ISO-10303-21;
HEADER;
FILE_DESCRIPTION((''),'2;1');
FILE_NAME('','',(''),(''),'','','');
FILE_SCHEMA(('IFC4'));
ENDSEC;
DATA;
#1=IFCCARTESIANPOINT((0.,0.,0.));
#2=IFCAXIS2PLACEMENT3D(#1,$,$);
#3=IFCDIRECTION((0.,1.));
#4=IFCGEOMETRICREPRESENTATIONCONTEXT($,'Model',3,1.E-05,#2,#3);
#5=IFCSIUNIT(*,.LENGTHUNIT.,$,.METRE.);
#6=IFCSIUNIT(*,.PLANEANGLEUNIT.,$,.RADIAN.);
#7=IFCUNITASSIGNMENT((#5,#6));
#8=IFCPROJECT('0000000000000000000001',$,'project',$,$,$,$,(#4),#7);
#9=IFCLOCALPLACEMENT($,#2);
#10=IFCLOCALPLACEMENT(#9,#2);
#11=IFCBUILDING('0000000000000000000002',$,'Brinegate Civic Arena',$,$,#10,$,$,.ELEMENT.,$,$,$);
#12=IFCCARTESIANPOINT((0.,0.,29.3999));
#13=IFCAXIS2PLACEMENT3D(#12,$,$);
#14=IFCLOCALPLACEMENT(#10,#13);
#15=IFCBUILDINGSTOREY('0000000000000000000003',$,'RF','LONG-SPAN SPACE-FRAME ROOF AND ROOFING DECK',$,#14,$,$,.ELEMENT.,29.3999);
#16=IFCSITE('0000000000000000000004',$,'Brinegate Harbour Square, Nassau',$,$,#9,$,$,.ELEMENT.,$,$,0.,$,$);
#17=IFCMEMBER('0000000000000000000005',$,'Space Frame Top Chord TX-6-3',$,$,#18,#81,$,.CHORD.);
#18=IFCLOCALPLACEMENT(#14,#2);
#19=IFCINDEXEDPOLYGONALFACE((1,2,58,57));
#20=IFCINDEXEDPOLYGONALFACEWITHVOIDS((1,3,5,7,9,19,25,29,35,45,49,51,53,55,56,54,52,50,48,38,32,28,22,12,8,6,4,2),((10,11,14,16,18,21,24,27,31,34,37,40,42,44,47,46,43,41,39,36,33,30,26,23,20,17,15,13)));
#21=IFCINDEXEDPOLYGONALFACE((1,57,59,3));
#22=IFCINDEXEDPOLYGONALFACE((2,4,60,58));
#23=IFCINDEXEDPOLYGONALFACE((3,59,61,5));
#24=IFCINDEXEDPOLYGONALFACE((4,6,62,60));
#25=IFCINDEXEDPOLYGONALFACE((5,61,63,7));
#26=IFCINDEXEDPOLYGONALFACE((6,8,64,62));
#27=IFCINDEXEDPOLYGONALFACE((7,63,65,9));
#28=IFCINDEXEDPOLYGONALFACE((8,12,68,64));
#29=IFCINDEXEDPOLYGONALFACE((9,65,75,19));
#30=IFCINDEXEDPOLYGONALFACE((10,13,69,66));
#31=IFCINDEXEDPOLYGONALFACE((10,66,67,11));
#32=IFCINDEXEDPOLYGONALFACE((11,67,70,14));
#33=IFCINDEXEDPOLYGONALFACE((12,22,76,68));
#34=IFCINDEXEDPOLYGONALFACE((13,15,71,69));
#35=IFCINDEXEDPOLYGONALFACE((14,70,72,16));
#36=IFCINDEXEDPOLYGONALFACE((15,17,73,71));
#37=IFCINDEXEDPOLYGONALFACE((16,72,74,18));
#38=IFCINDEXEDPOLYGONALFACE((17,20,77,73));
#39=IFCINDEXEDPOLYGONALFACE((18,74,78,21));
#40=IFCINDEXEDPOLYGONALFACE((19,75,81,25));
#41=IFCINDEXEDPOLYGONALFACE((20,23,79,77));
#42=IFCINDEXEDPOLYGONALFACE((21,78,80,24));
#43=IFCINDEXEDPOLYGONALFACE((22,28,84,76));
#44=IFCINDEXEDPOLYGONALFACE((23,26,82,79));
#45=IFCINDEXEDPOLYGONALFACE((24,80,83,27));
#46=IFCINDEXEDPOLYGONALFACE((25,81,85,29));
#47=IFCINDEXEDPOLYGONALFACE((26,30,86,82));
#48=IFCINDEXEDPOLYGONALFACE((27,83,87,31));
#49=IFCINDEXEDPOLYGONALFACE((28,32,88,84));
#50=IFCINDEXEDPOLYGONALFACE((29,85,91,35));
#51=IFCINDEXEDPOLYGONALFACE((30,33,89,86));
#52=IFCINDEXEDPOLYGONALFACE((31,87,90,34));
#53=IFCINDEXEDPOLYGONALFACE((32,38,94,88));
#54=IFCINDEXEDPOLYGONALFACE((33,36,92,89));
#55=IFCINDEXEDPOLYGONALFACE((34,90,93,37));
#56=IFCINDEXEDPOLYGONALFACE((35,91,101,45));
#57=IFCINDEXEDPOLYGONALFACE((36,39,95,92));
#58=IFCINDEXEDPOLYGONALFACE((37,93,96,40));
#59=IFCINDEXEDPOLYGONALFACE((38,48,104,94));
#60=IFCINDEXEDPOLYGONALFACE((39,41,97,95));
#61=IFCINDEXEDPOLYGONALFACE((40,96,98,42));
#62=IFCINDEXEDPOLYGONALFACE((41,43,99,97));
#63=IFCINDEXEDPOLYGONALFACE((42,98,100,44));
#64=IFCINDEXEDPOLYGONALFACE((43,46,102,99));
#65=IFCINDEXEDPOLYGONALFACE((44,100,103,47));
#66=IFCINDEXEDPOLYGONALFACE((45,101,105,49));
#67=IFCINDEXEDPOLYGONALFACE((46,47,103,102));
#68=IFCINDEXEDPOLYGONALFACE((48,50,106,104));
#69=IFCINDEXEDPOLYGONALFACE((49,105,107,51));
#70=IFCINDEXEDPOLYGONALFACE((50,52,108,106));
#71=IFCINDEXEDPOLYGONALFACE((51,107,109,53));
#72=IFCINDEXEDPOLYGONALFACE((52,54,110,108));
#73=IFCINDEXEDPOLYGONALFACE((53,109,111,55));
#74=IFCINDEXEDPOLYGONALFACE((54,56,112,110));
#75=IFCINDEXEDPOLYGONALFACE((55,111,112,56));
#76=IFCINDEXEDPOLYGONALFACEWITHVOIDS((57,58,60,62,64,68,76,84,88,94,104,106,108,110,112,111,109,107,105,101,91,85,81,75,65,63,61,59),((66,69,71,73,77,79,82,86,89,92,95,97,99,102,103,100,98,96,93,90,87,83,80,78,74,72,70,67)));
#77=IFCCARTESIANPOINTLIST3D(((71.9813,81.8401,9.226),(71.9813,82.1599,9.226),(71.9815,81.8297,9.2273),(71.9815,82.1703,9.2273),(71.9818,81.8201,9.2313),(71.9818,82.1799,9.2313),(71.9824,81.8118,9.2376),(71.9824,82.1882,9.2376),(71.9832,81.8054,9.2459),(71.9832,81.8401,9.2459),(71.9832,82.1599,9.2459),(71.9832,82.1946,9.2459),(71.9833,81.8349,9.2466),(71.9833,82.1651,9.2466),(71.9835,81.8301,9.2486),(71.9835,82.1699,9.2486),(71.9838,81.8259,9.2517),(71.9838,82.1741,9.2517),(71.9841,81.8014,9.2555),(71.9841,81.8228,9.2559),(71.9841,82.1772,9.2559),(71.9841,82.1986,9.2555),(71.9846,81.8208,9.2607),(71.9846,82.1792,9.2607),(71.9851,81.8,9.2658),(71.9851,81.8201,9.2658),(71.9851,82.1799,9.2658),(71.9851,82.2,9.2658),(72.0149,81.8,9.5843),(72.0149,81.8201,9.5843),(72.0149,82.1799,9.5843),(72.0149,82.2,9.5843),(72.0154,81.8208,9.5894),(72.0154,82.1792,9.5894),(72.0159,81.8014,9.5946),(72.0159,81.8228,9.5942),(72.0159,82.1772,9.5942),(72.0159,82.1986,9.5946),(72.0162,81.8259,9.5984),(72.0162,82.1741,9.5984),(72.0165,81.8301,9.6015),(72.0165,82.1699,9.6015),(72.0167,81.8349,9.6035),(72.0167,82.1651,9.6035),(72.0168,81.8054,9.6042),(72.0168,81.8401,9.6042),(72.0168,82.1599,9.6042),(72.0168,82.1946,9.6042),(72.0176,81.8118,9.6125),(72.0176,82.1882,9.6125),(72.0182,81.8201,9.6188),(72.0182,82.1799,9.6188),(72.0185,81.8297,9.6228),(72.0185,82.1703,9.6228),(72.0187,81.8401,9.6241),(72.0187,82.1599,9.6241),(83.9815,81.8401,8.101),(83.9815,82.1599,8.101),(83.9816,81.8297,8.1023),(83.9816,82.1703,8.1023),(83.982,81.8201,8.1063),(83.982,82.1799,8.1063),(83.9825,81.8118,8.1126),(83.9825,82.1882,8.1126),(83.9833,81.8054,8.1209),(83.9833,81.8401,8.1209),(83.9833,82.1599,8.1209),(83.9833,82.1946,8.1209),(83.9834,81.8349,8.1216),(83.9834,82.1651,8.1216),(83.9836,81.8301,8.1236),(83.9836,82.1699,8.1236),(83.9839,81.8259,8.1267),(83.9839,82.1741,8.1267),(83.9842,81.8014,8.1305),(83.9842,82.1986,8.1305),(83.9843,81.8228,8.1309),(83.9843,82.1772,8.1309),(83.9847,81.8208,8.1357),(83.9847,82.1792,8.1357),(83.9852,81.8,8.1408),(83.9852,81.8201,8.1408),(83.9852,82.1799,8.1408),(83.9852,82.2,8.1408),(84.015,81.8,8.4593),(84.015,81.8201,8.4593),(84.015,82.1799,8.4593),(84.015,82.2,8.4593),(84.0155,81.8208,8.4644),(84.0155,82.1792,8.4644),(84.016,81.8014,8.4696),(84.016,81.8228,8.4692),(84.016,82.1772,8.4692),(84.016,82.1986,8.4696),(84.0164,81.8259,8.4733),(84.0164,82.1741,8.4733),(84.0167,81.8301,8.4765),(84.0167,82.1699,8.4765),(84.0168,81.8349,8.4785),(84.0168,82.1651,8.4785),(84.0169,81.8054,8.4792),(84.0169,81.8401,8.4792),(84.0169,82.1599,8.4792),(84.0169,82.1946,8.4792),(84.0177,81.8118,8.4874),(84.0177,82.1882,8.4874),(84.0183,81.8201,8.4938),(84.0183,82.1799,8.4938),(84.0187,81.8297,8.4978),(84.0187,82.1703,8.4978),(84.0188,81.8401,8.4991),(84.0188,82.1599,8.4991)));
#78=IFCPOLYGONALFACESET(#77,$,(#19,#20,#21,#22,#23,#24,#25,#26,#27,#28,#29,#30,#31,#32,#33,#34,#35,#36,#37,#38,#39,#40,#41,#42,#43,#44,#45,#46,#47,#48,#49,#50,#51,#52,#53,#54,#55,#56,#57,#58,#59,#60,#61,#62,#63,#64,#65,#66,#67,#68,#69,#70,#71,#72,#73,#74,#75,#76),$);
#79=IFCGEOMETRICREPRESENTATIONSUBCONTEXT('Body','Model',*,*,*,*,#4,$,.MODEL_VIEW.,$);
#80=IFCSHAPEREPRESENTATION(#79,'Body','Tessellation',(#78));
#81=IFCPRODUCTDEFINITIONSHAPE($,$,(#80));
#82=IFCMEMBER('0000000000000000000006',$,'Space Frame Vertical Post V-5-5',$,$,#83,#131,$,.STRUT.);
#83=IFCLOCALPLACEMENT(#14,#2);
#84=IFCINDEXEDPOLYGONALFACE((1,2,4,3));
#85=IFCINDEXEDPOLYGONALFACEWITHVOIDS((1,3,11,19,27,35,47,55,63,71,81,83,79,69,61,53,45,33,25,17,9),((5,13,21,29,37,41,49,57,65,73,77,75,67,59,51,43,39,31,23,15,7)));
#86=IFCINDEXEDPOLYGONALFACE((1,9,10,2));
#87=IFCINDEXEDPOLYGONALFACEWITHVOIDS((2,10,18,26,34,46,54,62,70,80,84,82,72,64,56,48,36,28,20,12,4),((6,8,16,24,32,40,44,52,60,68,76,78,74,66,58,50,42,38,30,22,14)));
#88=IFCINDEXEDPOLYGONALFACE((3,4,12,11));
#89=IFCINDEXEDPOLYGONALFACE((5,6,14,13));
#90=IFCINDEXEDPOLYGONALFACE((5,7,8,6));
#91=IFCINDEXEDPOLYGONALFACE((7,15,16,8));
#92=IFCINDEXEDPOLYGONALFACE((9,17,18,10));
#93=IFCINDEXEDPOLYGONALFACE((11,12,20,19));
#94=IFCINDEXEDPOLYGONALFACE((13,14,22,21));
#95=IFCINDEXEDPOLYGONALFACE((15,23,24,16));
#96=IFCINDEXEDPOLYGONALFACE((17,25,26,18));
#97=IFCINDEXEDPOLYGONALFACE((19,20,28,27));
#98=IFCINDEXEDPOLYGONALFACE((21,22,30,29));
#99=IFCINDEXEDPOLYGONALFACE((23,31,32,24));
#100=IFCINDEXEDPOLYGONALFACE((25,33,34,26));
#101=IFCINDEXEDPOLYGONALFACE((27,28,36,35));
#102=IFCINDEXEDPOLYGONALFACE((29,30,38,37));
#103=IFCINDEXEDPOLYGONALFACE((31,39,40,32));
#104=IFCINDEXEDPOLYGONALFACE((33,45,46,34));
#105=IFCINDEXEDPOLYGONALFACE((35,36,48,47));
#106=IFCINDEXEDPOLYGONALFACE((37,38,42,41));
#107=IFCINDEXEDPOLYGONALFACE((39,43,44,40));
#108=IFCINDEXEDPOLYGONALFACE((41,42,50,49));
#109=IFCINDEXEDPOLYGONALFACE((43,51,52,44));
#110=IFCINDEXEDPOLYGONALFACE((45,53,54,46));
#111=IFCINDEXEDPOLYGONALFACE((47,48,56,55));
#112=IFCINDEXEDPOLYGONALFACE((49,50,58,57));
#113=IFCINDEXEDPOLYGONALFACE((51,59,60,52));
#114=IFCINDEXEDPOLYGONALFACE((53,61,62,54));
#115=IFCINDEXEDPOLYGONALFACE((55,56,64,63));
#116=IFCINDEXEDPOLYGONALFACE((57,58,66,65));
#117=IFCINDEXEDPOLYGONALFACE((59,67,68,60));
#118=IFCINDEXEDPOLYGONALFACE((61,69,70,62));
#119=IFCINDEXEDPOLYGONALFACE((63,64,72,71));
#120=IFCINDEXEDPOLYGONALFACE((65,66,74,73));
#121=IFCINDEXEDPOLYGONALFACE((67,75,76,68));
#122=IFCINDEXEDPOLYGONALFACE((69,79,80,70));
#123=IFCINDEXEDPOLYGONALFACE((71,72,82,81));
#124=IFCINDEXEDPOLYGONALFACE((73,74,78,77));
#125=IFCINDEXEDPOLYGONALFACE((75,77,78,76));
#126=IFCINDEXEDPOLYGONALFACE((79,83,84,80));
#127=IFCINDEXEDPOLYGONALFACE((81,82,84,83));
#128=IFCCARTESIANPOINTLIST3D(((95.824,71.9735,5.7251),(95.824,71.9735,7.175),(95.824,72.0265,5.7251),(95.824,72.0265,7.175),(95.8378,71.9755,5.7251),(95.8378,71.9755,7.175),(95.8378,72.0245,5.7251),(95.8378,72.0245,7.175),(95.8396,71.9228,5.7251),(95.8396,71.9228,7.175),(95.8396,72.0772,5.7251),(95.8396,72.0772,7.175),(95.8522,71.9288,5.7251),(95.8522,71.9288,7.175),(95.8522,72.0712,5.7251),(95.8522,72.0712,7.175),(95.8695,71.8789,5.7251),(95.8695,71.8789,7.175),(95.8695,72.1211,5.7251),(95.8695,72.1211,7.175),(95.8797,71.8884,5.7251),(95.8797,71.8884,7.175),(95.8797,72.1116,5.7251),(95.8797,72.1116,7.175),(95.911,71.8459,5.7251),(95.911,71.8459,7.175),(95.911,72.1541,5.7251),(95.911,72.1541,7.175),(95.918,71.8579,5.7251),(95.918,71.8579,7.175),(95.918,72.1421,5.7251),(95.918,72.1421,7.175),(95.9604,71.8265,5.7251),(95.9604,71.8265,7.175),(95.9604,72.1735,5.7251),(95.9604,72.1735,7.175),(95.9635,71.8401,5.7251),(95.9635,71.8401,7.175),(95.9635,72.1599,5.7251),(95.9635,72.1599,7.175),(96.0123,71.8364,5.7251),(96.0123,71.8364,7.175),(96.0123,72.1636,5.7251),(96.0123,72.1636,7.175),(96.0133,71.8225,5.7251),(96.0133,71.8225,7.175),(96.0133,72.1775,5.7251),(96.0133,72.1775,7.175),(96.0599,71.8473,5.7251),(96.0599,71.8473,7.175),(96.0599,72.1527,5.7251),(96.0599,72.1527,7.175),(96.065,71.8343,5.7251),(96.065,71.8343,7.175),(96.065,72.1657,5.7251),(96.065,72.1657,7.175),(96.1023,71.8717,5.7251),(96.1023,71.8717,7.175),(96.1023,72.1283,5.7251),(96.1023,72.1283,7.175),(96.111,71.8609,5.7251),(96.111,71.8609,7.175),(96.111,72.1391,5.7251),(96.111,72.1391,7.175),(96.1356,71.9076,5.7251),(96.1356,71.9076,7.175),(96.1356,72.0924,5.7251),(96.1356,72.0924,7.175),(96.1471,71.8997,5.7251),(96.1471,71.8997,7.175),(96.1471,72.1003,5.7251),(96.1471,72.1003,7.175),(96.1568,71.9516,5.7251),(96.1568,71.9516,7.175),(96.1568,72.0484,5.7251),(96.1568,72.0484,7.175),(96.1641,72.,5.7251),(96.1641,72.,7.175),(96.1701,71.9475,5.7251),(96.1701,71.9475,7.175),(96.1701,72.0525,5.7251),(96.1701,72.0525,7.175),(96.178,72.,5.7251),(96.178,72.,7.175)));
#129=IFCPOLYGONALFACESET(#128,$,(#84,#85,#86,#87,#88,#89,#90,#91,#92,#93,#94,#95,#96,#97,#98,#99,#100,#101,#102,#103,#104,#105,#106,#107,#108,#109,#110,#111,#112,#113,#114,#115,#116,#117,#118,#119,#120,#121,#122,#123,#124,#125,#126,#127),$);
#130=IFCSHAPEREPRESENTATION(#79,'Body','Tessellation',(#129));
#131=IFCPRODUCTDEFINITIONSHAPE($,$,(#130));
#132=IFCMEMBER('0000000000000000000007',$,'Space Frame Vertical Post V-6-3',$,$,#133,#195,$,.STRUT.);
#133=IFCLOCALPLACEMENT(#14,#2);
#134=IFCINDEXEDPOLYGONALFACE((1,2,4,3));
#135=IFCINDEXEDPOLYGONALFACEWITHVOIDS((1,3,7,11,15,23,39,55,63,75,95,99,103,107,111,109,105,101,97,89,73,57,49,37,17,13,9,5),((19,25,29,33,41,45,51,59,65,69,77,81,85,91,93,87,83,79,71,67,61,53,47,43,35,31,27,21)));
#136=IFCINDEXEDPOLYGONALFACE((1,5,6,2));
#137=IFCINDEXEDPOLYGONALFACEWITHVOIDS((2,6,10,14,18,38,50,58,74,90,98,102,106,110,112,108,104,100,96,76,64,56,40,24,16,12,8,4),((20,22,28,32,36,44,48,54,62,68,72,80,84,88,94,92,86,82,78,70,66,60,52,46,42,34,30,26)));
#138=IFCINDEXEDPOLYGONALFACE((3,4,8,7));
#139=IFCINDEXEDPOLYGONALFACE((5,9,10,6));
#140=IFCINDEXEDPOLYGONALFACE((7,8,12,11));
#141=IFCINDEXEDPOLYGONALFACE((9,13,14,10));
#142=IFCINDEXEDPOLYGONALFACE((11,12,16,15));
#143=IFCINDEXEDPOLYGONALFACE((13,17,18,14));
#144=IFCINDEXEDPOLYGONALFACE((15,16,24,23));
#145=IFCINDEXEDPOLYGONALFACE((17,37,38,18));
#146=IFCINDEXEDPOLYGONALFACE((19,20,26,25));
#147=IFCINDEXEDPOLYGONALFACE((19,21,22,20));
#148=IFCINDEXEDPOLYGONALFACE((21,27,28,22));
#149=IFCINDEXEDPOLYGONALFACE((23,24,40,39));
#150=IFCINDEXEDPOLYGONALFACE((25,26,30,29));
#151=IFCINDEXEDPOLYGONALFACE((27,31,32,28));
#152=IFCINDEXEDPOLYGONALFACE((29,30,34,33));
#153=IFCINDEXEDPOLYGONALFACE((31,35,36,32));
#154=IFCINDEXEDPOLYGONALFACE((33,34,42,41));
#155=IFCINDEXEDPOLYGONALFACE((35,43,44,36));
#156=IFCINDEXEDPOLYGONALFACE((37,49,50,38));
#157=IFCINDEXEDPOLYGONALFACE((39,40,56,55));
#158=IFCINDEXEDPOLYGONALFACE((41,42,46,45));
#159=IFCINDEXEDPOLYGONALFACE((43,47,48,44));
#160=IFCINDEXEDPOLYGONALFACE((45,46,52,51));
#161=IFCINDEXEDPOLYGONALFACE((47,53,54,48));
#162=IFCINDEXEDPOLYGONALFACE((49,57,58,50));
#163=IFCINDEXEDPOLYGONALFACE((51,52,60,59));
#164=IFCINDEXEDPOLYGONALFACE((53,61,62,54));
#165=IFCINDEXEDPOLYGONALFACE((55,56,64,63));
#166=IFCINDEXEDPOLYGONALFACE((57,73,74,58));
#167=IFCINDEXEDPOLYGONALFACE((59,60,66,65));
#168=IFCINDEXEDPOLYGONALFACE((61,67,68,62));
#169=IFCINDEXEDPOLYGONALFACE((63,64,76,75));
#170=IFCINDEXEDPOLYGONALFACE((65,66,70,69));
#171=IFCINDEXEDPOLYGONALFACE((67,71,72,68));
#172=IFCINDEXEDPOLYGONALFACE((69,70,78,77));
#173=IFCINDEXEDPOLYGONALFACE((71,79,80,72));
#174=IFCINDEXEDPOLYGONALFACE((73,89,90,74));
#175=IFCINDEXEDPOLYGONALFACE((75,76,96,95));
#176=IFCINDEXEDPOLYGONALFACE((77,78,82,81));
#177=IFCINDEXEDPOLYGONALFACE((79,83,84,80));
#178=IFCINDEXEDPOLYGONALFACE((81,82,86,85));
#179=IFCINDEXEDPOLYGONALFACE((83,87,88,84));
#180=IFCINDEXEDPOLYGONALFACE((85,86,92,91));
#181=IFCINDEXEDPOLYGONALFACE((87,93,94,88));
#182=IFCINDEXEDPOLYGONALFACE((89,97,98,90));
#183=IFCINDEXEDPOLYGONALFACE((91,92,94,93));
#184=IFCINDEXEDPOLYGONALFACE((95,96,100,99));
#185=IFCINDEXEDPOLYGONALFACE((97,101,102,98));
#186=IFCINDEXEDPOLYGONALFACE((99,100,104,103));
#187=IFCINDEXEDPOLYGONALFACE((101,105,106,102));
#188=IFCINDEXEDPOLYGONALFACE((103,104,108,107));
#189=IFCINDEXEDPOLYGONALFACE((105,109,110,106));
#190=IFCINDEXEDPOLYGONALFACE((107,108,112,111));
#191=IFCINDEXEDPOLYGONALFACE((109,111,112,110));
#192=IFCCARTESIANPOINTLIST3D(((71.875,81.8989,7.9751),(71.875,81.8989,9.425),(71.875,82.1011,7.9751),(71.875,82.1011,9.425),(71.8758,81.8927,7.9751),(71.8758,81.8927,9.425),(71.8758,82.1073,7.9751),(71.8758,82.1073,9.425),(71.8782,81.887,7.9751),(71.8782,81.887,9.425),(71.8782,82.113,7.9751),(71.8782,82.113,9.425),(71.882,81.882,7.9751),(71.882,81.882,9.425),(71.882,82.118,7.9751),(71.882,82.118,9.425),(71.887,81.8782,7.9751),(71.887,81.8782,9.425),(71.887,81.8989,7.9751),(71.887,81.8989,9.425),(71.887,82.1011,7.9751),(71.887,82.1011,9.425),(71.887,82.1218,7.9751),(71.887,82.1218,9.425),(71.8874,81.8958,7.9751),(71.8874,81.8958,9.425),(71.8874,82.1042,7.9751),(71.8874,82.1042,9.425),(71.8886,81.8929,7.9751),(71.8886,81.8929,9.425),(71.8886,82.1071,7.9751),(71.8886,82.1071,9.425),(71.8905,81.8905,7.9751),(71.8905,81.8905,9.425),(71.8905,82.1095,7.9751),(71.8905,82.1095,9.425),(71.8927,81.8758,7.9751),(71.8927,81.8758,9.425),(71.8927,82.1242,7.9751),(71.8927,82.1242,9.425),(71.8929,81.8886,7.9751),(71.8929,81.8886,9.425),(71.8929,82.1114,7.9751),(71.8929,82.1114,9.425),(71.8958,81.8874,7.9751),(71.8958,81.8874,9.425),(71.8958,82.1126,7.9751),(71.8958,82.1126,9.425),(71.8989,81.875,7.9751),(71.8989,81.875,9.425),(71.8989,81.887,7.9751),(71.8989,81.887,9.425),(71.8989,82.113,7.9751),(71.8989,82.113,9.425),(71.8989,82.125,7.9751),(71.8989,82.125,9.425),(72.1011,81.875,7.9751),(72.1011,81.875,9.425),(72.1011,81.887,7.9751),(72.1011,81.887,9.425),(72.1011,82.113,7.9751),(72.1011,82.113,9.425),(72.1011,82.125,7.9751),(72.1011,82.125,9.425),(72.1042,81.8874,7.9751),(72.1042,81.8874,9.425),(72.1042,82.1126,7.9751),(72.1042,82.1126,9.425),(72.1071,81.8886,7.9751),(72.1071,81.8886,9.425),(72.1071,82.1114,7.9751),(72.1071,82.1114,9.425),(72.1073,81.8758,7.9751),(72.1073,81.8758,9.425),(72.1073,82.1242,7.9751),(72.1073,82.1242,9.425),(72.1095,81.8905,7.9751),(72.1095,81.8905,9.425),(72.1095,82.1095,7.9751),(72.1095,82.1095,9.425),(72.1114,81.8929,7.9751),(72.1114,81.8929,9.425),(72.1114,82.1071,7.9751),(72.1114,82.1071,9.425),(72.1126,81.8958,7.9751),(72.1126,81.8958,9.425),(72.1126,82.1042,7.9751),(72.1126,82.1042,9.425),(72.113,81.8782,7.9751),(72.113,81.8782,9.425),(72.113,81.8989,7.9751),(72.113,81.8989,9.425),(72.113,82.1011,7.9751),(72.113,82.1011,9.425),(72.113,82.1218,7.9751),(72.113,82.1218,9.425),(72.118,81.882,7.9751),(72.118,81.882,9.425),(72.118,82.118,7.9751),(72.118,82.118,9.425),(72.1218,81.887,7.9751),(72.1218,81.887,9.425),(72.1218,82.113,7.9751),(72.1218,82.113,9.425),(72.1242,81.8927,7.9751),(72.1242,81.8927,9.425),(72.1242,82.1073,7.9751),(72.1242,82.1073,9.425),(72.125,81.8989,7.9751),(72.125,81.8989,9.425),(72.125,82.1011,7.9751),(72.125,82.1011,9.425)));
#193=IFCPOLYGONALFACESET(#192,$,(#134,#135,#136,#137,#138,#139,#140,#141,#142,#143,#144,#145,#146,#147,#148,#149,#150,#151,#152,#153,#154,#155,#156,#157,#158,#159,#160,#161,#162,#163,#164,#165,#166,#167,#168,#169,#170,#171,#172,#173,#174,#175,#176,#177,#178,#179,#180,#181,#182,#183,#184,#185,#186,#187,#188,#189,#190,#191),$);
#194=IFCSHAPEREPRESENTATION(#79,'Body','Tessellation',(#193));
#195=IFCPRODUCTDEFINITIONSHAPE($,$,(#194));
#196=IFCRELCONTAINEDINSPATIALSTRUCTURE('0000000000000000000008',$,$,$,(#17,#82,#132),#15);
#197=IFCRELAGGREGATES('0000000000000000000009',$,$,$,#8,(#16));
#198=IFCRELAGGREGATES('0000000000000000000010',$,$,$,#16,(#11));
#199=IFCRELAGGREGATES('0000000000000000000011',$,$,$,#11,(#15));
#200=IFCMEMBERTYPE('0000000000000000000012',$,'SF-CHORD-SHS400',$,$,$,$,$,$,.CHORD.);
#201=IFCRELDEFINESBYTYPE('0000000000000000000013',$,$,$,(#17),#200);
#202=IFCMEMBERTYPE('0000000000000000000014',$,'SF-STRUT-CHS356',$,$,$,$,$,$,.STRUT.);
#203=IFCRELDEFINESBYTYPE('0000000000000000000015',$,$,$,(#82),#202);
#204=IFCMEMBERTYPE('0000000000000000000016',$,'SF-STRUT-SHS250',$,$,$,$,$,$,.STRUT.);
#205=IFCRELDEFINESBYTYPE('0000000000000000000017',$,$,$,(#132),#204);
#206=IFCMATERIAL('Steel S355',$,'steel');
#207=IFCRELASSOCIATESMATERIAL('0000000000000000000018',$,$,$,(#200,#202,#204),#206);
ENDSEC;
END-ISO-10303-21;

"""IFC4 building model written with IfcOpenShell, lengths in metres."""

from ifc_helpers import new_model, si_unit, direction, frame, origin, origin_2d, place, context, subcontext, project, spatial, hollow_rectangle, hollow_circle, extrude, material, material_profile, profile_set, type_object, element, save


model = new_model("IFC4")

# Units and contexts
model_context = context("Model", 3, precision=1e-05, world=origin(), true_north=direction((0.0, 1.0)))
body_context = subcontext(model_context, "Body", "Model", "MODEL_VIEW")
ifc_project = project(units=[si_unit("LENGTHUNIT", "METRE"), si_unit("PLANEANGLEUNIT", "RADIAN")], contexts=[model_context])

# Site, building, storey
site_placement = place(None, origin())
site = spatial("IfcSite", under=ifc_project, at=site_placement, Name="Brinegate Harbour Square, Nassau", CompositionType="ELEMENT", RefElevation=0.0)
building_placement = place(site_placement, origin())
building = spatial("IfcBuilding", under=site, at=building_placement, Name="Brinegate Civic Arena", CompositionType="ELEMENT")
storey_placement = place(building_placement, frame((0.0, 0.0, 29.3999)))
storey = spatial("IfcBuildingStorey", under=building, at=storey_placement, Name="RF", Description="LONG-SPAN SPACE-FRAME ROOF AND ROOFING DECK", CompositionType="ELEMENT", Elevation=29.3999)

# Members
ifc_material = material(Name="Steel S355", Category="steel")
ifc_material_profile_1 = material_profile(ifc_material, hollow_rectangle(XDim=0.3999, YDim=0.3999, WallThickness=0.02, InnerFilletRadius=0.02, OuterFilletRadius=0.04, at=origin_2d()), Name="SHS400X20")
ifc_profile_set_1 = profile_set([ifc_material_profile_1], Name="Steel S355")
member_type_1 = type_object("IfcMemberType", Name="SF-CHORD-SHS400", PredefinedType="CHORD", material=ifc_profile_set_1)
member_1_placement = place(storey_placement, frame((72.0, 82.0, 9.425), z_axis=(0.995634, 0.0, -0.093341), x_axis=(0.0, 1.0, 0.0)))
element("IfcMember", 1, at=member_1_placement, inside=storey, type_object=member_type_1, Name="Space Frame Top Chord TX-6-3", PredefinedType="CHORD", context=body_context, shape_type="SweptSolid", body=[
    extrude(hollow_rectangle(XDim=0.3999, YDim=0.3999, WallThickness=0.02, InnerFilletRadius=0.02, OuterFilletRadius=0.04, at=origin_2d()), origin(), (0.0, 0.0, 1.0), 12.0527),
])
ifc_material_profile_2 = material_profile(ifc_material, hollow_circle(Radius=0.178, WallThickness=0.0139, at=origin_2d()), Name="CHS356X14")
ifc_profile_set_2 = profile_set([ifc_material_profile_2], Name="Steel S355")
member_type_2 = type_object("IfcMemberType", Name="SF-STRUT-CHS356", PredefinedType="STRUT", material=ifc_profile_set_2)
member_2_placement = place(storey_placement, frame((96.0, 72.0, 5.7251), z_axis=(0.0, 0.0, 1.0), x_axis=(1.0, 0.0, 0.0)))
element("IfcMember", 2, at=member_2_placement, inside=storey, type_object=member_type_2, Name="Space Frame Vertical Post V-5-5", PredefinedType="STRUT", context=body_context, shape_type="SweptSolid", body=[
    extrude(hollow_circle(Radius=0.178, WallThickness=0.0139, at=origin_2d()), origin(), (0.0, 0.0, 1.0), 1.45),
])
ifc_material_profile_3 = material_profile(ifc_material, hollow_rectangle(XDim=0.25, YDim=0.25, WallThickness=0.012, InnerFilletRadius=0.012, OuterFilletRadius=0.0239, at=origin_2d()), Name="SHS250X12")
ifc_profile_set_3 = profile_set([ifc_material_profile_3], Name="Steel S355")
member_type_3 = type_object("IfcMemberType", Name="SF-STRUT-SHS250", PredefinedType="STRUT", material=ifc_profile_set_3)
member_3_placement = place(storey_placement, frame((72.0, 82.0, 7.9751), z_axis=(0.0, 0.0, 1.0), x_axis=(1.0, 0.0, 0.0)))
element("IfcMember", 3, at=member_3_placement, inside=storey, type_object=member_type_3, Name="Space Frame Vertical Post V-6-3", PredefinedType="STRUT", context=body_context, shape_type="SweptSolid", body=[
    extrude(hollow_rectangle(XDim=0.25, YDim=0.25, WallThickness=0.012, InnerFilletRadius=0.012, OuterFilletRadius=0.0239, at=origin_2d()), origin(), (0.0, 0.0, 1.0), 1.45),
])

save(model, "model.ifc")
